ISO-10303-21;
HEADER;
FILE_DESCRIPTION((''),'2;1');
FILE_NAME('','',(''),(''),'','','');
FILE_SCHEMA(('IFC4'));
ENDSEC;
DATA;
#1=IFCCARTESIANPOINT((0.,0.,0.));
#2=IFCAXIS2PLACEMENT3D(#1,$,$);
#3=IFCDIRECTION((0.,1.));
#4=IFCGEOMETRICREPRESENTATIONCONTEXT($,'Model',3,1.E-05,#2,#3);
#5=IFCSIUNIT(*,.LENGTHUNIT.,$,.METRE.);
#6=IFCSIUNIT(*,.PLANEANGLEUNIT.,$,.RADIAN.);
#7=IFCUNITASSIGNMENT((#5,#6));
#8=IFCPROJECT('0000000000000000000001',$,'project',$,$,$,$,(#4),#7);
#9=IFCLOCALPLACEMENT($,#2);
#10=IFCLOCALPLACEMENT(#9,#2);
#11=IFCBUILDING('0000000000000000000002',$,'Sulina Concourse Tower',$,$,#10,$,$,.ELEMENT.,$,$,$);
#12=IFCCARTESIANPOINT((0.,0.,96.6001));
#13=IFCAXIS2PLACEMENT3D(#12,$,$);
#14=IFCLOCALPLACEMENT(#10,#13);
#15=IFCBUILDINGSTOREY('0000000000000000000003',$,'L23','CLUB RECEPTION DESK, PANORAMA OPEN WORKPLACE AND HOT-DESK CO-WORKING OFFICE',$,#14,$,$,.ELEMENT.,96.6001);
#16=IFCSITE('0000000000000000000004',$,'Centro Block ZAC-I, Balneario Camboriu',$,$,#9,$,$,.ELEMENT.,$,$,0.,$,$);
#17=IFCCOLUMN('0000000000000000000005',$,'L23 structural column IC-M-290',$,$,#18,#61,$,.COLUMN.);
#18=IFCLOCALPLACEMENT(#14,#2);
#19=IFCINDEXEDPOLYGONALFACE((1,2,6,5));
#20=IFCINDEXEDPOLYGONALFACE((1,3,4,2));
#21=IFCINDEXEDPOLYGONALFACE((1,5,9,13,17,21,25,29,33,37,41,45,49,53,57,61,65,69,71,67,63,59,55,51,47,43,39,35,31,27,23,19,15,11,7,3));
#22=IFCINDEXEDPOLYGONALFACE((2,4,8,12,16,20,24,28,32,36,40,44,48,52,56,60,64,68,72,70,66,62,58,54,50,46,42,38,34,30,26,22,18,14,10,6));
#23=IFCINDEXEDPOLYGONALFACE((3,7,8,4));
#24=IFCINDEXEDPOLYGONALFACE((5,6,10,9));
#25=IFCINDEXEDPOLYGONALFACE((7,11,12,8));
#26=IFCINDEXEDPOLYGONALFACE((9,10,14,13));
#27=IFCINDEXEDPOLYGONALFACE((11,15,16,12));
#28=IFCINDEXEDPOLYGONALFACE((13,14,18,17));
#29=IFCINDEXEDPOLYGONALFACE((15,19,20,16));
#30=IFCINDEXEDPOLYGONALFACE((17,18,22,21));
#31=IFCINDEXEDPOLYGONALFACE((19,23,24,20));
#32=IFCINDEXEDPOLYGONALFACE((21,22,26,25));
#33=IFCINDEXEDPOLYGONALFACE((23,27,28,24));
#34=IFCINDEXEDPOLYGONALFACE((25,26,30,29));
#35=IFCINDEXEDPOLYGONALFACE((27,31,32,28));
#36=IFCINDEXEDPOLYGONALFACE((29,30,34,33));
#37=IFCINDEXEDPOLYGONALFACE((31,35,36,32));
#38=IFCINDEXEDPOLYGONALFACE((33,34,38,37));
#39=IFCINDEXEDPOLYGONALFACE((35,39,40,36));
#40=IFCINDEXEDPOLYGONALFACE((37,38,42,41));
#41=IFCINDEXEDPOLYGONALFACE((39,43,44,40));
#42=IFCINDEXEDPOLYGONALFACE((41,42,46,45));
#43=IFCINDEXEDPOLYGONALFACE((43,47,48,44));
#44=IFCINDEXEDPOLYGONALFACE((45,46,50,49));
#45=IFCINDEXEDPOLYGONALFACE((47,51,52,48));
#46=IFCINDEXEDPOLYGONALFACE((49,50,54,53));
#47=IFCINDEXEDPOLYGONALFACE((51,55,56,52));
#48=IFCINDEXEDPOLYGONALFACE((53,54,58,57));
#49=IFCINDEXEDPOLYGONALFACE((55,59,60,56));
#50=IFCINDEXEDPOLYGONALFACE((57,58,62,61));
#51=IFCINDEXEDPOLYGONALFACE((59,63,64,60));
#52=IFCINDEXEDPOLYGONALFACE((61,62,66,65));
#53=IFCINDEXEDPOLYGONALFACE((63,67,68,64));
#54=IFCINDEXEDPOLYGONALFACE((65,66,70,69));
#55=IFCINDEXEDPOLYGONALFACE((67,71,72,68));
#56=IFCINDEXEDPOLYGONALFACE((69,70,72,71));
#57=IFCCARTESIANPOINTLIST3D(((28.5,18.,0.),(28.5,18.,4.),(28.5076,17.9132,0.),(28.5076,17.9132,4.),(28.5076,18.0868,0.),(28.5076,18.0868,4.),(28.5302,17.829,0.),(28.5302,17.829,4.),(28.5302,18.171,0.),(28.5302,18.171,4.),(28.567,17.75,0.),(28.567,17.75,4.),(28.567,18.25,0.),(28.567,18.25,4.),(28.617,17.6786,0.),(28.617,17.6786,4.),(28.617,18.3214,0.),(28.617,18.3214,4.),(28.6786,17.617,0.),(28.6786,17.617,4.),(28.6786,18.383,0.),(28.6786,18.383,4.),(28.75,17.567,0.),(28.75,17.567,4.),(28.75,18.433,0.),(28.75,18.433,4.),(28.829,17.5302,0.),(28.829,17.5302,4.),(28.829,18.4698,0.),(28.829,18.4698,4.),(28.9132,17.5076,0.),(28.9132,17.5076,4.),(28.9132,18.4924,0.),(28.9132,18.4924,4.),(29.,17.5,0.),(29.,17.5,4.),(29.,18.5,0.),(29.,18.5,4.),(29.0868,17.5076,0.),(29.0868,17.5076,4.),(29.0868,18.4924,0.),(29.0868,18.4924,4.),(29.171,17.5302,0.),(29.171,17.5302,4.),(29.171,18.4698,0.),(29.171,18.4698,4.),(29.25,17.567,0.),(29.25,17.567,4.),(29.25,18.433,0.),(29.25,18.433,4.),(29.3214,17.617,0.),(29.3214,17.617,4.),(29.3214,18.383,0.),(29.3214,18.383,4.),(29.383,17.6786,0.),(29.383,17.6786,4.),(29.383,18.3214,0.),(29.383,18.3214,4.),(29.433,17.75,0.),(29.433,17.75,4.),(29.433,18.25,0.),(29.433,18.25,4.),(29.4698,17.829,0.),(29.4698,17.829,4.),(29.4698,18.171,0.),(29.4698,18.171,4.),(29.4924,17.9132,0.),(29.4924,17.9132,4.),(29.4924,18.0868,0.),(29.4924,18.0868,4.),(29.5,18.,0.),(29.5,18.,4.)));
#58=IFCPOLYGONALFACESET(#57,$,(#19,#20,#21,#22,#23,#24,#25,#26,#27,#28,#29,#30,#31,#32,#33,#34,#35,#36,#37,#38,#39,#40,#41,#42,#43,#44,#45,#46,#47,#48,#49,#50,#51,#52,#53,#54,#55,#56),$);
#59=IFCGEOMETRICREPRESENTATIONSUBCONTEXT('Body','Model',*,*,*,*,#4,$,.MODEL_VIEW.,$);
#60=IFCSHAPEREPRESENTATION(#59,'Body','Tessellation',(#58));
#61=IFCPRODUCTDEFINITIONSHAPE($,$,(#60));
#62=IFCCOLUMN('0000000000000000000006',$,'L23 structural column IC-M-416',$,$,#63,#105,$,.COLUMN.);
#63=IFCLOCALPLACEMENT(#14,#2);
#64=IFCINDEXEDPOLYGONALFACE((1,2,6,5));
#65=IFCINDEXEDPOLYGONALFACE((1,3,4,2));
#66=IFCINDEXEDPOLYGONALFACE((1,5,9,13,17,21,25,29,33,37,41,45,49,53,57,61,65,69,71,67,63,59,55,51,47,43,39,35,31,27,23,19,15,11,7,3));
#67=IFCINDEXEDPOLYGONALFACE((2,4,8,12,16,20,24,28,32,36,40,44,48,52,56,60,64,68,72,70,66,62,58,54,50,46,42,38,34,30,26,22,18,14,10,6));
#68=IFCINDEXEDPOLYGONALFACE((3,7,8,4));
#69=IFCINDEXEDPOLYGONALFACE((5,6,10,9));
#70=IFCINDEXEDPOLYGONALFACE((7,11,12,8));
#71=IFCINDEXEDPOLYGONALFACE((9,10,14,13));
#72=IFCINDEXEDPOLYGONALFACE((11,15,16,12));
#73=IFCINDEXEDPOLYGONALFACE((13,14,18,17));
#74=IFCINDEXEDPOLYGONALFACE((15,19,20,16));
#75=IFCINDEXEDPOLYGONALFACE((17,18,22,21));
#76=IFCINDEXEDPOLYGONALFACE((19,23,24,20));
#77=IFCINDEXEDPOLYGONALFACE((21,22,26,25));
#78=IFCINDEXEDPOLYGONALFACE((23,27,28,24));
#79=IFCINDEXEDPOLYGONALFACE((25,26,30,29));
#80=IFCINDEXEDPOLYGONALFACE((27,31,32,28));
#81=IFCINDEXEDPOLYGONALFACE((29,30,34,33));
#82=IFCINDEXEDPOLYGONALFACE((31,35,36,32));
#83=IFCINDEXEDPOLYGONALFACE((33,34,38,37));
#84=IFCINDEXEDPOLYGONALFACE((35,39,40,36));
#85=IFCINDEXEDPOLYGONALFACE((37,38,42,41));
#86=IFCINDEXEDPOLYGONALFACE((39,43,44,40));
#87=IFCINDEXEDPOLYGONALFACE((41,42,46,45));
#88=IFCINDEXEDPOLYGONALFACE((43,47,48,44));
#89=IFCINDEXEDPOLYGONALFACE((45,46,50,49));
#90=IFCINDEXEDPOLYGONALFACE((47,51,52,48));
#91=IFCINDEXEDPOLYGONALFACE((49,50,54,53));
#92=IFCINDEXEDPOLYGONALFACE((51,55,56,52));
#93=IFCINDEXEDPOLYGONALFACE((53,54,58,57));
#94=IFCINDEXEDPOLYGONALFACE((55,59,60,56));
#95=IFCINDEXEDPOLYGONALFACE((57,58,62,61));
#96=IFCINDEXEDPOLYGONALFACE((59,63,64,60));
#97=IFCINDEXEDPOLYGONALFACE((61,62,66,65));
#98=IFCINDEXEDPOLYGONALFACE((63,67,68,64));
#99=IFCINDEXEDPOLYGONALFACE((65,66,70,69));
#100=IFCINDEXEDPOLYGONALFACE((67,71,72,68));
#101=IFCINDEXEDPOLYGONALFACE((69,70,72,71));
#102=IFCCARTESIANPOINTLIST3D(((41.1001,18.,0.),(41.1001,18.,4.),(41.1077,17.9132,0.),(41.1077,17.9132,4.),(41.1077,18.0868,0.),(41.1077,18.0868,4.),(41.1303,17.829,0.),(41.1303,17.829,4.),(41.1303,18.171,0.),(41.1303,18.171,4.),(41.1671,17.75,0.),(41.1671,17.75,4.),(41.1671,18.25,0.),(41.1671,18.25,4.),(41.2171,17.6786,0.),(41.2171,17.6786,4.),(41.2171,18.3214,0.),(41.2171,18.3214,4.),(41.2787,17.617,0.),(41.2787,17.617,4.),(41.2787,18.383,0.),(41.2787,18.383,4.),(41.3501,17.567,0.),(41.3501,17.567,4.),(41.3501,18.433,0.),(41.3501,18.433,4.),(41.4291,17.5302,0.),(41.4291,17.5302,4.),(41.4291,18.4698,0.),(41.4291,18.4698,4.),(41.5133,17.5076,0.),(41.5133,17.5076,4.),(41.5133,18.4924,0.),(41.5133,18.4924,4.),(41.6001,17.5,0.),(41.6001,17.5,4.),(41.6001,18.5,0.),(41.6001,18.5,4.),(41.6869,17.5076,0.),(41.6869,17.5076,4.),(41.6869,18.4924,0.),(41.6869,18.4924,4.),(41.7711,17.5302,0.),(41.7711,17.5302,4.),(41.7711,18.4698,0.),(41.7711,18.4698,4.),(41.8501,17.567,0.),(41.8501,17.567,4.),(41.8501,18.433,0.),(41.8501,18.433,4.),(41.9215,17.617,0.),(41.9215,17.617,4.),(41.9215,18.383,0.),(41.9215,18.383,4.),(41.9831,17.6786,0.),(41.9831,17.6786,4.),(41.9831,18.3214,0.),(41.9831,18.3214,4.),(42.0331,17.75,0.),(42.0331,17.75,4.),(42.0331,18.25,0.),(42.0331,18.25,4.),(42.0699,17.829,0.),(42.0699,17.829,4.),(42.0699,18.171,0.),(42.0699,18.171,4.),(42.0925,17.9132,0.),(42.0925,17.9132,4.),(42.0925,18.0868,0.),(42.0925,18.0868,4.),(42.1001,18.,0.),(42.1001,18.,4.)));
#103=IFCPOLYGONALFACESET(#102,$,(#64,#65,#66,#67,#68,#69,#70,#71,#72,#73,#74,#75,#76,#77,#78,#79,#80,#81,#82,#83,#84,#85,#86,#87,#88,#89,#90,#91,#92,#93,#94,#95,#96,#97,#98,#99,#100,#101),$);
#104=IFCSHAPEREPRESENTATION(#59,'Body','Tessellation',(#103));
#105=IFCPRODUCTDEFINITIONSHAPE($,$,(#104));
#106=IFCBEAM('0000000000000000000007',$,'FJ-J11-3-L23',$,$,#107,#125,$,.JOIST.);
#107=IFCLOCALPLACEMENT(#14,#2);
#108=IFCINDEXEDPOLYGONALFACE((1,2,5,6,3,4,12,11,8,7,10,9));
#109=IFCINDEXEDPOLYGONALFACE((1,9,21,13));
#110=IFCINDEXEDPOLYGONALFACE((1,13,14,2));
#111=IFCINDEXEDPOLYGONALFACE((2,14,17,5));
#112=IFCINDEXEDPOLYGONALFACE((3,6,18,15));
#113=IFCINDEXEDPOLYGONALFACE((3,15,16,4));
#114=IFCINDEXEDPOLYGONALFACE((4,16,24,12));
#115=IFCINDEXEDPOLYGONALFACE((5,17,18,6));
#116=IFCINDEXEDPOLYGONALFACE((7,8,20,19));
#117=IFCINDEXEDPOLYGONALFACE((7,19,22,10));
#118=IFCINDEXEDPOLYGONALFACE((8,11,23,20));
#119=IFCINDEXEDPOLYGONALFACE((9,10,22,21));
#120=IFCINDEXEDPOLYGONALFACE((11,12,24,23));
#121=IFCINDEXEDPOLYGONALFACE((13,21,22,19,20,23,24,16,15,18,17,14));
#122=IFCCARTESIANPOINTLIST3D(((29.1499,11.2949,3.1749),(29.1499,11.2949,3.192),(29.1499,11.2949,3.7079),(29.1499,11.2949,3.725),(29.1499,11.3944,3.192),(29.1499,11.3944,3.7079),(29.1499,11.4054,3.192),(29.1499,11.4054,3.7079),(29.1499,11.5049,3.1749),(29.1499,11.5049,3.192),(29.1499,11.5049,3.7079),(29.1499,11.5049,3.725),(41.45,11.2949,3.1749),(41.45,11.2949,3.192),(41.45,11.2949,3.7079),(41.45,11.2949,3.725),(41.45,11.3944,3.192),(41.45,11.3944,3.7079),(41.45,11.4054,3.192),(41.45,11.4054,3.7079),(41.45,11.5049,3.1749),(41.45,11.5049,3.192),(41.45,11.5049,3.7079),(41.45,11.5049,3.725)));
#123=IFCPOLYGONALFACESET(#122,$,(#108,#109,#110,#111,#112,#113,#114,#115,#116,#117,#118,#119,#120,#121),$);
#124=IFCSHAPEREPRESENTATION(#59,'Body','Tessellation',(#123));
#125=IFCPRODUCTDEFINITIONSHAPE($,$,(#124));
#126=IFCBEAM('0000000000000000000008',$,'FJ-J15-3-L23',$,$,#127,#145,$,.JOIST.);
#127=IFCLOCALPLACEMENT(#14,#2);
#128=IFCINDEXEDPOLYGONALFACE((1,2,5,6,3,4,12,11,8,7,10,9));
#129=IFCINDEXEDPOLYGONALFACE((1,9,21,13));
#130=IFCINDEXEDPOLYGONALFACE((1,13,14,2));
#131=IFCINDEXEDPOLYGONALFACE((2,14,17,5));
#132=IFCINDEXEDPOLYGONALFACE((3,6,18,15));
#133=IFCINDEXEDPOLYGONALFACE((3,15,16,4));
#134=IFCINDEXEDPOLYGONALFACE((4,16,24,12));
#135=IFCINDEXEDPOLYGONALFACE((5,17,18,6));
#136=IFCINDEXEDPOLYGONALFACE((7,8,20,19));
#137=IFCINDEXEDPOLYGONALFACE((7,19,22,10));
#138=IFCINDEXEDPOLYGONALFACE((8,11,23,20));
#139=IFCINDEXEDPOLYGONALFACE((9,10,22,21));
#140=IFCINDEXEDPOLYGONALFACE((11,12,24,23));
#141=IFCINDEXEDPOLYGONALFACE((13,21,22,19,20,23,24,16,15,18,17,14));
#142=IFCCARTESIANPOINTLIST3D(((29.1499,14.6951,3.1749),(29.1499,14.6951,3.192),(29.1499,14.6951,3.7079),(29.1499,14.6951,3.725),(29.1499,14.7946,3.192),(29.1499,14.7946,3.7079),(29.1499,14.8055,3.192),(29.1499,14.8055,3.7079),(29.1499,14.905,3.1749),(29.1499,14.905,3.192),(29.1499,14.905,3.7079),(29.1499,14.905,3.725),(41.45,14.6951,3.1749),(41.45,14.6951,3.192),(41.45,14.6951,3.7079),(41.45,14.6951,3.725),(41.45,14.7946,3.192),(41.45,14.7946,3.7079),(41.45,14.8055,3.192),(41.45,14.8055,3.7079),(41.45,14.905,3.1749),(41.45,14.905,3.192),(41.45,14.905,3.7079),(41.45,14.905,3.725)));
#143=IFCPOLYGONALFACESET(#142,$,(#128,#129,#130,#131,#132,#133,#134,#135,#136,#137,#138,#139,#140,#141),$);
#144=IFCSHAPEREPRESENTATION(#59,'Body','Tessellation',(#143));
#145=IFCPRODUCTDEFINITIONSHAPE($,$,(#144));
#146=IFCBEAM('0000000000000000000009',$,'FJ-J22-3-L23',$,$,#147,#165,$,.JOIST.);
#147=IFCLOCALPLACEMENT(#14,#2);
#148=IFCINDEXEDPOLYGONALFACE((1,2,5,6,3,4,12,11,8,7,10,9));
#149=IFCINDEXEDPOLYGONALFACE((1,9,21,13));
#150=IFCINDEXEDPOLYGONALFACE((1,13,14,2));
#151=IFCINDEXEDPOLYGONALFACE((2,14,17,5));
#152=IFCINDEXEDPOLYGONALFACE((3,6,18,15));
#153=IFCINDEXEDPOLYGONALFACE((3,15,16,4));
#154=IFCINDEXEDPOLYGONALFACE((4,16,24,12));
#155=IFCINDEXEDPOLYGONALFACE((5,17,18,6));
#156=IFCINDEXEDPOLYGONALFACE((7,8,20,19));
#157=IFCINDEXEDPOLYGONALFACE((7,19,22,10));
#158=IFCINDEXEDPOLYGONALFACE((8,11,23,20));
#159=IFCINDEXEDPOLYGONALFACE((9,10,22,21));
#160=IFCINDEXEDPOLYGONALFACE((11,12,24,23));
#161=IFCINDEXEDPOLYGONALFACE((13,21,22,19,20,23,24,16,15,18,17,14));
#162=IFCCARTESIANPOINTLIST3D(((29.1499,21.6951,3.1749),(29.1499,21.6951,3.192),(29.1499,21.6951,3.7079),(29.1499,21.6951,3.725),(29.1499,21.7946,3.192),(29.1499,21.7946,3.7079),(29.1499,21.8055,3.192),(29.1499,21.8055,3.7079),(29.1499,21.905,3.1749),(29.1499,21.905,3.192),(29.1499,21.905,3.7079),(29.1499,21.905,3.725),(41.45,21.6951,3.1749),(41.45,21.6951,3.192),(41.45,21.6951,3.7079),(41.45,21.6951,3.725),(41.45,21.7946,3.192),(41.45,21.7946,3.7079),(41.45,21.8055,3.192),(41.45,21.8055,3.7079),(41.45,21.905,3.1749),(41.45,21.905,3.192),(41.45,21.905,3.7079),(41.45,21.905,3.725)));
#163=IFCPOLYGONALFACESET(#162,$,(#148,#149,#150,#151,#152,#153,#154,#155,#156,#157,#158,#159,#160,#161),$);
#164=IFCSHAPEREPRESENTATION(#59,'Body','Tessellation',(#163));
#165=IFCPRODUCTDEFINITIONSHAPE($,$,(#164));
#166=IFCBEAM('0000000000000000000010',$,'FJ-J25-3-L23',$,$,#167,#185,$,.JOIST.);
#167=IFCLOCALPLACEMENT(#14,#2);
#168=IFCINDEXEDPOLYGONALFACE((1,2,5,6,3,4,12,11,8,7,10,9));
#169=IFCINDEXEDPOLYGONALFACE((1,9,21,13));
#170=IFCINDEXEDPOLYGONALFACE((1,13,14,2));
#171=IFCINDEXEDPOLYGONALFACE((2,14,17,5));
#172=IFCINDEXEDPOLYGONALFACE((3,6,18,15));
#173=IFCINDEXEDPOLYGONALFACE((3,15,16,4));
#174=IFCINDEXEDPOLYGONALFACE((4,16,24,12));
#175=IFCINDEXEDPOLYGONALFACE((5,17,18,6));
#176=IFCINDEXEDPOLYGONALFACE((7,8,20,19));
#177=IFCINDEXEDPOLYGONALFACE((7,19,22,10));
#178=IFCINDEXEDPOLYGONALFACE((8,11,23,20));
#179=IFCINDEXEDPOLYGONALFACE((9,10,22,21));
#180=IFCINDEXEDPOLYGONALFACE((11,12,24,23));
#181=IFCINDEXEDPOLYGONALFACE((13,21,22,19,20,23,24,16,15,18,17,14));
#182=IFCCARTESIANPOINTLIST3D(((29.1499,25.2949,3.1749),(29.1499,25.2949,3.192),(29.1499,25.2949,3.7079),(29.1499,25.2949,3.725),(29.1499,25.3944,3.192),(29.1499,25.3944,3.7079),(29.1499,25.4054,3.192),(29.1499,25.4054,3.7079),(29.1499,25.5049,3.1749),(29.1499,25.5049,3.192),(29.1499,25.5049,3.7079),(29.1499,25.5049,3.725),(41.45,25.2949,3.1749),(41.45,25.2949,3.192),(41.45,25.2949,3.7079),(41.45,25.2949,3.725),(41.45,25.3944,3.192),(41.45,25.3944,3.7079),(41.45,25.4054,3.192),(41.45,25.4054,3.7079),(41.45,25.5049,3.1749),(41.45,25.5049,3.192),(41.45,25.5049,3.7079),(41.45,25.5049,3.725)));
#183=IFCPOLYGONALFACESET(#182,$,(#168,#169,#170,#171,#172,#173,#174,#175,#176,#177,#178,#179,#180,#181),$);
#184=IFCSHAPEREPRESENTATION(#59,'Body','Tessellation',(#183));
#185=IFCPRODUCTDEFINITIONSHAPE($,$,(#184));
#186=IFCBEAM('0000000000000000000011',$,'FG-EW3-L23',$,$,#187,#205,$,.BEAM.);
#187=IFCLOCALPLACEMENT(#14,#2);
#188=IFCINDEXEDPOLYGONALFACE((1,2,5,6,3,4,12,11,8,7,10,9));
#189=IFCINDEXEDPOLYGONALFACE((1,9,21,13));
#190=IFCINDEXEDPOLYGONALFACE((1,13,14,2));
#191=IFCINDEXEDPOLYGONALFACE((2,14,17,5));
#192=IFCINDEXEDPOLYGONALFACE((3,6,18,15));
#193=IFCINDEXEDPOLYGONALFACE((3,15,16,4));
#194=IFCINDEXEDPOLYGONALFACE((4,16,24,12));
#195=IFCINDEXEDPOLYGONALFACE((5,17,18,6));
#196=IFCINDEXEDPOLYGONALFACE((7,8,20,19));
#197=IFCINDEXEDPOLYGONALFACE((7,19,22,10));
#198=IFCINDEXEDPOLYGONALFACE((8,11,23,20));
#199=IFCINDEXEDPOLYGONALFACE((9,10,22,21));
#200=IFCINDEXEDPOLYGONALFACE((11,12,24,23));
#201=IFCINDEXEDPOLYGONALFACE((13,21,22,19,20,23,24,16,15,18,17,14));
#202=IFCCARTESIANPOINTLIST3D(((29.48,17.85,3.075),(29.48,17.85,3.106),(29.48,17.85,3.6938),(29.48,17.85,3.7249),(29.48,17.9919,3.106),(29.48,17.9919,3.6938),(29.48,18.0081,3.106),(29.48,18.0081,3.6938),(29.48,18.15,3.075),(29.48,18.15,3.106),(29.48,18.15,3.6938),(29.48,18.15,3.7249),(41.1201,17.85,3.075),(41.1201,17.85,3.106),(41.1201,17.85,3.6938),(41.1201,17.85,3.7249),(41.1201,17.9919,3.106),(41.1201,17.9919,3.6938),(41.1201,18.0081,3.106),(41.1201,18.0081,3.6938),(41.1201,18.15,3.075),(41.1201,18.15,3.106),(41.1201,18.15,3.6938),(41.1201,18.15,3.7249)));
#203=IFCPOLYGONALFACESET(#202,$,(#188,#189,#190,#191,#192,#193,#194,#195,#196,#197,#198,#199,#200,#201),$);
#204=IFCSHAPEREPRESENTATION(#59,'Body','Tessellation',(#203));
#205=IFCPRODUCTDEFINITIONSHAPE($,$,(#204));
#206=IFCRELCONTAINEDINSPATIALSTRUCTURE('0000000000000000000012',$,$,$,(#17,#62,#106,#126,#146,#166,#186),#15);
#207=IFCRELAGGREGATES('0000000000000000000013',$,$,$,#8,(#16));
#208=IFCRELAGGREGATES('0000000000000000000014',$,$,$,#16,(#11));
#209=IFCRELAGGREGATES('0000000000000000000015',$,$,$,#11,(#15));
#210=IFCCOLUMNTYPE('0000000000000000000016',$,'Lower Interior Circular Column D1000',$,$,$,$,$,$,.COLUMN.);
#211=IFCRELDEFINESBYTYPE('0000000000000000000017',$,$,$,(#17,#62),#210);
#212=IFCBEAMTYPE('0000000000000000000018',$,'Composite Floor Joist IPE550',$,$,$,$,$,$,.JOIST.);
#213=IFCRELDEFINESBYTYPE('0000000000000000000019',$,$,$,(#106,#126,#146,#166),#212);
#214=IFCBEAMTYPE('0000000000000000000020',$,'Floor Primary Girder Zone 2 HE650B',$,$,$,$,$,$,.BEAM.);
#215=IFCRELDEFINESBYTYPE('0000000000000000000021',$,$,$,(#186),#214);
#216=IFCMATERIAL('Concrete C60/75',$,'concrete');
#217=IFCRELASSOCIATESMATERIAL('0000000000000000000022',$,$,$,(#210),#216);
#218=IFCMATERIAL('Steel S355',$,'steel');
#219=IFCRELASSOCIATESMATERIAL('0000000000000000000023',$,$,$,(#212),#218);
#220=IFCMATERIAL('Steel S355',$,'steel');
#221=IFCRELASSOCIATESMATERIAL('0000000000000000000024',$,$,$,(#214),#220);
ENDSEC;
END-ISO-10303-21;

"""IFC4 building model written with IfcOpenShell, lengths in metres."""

from ifc_helpers import new_model, si_unit, direction, frame, origin, origin_2d, place, context, subcontext, project, spatial, circle, i_section, extrude, material, material_profile, profile_set, type_object, element, save


model = new_model("IFC4")

# Units and contexts
model_context = context("Model", 3, precision=1e-05, world=origin(), true_north=direction((0.0, 1.0)))
body_context = subcontext(model_context, "Body", "Model", "MODEL_VIEW")
ifc_project = project(units=[si_unit("LENGTHUNIT", "METRE"), si_unit("PLANEANGLEUNIT", "RADIAN")], contexts=[model_context])

# Site, building, storey
site_placement = place(None, origin())
site = spatial("IfcSite", under=ifc_project, at=site_placement, Name="Centro Block ZAC-I, Balneario Camboriu", CompositionType="ELEMENT", RefElevation=0.0)
building_placement = place(site_placement, origin())
building = spatial("IfcBuilding", under=site, at=building_placement, Name="Sulina Concourse Tower", CompositionType="ELEMENT")
storey_placement = place(building_placement, frame((0.0, 0.0, 96.6001)))
storey = spatial("IfcBuildingStorey", under=building, at=storey_placement, Name="L23", Description="CLUB RECEPTION DESK, PANORAMA OPEN WORKPLACE AND HOT-DESK CO-WORKING OFFICE", CompositionType="ELEMENT", Elevation=96.6001)

# Columns
ifc_material_1 = material(Name="Concrete C60/75", Category="concrete")
ifc_material_profile_1 = material_profile(ifc_material_1, circle(Radius=0.5, at=origin_2d()), Name="RC D1000")
ifc_profile_set_1 = profile_set([ifc_material_profile_1], Name="Concrete C60/75")
column_type = type_object("IfcColumnType", Name="Lower Interior Circular Column D1000", PredefinedType="COLUMN", material=ifc_profile_set_1)
for number, where, z_axis, x_axis, name in (
    (1, (29.0, 18.0, 0.0), (0.0, 0.0, 1.0), (1.0, 0.0, 0.0), "L23 structural column IC-M-290"),
    (2, (41.6001, 18.0, 0.0), (0.0, 0.0, 1.0), (1.0, 0.0, 0.0), "L23 structural column IC-M-416"),
):
    element("IfcColumn", number, at=place(storey_placement, frame(where, z_axis=z_axis, x_axis=x_axis)), inside=storey, type_object=column_type, Name=name, PredefinedType="COLUMN", context=body_context, shape_type="SweptSolid", body=[
        extrude(circle(Radius=0.5, at=origin_2d()), origin(), (0.0, 0.0, 1.0), 4.0),
    ])

# Beams
ifc_material_2 = material(Name="Steel S355", Category="steel")
ifc_material_profile_2 = material_profile(ifc_material_2, i_section(OverallWidth=0.21, OverallDepth=0.55, WebThickness=0.011, FlangeThickness=0.0171, at=origin_2d()), Name="IPE 550")
ifc_profile_set_2 = profile_set([ifc_material_profile_2], Name="Steel S355")
beam_type_1 = type_object("IfcBeamType", Name="Composite Floor Joist IPE550", PredefinedType="JOIST", material=ifc_profile_set_2)
for number, where, z_axis, x_axis, name in (
    (3, (29.1499, 11.3999, 3.45), (1.0, 0.0, 0.0), (0.0, 1.0, 0.0), "FJ-J11-3-L23"),
    (4, (29.1499, 14.8, 3.45), (1.0, 0.0, 0.0), (0.0, 1.0, 0.0), "FJ-J15-3-L23"),
    (5, (29.1499, 21.8, 3.45), (1.0, 0.0, 0.0), (0.0, 1.0, 0.0), "FJ-J22-3-L23"),
    (6, (29.1499, 25.3999, 3.45), (1.0, 0.0, 0.0), (0.0, 1.0, 0.0), "FJ-J25-3-L23"),
):
    element("IfcBeam", number, at=place(storey_placement, frame(where, z_axis=z_axis, x_axis=x_axis)), inside=storey, type_object=beam_type_1, Name=name, PredefinedType="JOIST", context=body_context, shape_type="SweptSolid", body=[
        extrude(i_section(OverallWidth=0.21, OverallDepth=0.55, WebThickness=0.011, FlangeThickness=0.0171, at=origin_2d()), origin(), (0.0, 0.0, 1.0), 12.3),
    ])
ifc_material_3 = material(Name="Steel S355", Category="steel")
ifc_material_profile_3 = material_profile(ifc_material_3, i_section(OverallWidth=0.3, OverallDepth=0.6499, WebThickness=0.0161, FlangeThickness=0.031, at=origin_2d()), Name="HE 650 B")
ifc_profile_set_3 = profile_set([ifc_material_profile_3], Name="Steel S355")
beam_type_2 = type_object("IfcBeamType", Name="Floor Primary Girder Zone 2 HE650B", PredefinedType="BEAM", material=ifc_profile_set_3)
beam_placement = place(storey_placement, frame((29.48, 18.0, 3.3999), z_axis=(1.0, 0.0, 0.0), x_axis=(0.0, 1.0, 0.0)))
element("IfcBeam", 7, at=beam_placement, inside=storey, type_object=beam_type_2, Name="FG-EW3-L23", PredefinedType="BEAM", context=body_context, shape_type="SweptSolid", body=[
    extrude(i_section(OverallWidth=0.3, OverallDepth=0.6499, WebThickness=0.0161, FlangeThickness=0.031, at=origin_2d()), origin(), (0.0, 0.0, 1.0), 11.6401),
])

save(model, "model.ifc")
